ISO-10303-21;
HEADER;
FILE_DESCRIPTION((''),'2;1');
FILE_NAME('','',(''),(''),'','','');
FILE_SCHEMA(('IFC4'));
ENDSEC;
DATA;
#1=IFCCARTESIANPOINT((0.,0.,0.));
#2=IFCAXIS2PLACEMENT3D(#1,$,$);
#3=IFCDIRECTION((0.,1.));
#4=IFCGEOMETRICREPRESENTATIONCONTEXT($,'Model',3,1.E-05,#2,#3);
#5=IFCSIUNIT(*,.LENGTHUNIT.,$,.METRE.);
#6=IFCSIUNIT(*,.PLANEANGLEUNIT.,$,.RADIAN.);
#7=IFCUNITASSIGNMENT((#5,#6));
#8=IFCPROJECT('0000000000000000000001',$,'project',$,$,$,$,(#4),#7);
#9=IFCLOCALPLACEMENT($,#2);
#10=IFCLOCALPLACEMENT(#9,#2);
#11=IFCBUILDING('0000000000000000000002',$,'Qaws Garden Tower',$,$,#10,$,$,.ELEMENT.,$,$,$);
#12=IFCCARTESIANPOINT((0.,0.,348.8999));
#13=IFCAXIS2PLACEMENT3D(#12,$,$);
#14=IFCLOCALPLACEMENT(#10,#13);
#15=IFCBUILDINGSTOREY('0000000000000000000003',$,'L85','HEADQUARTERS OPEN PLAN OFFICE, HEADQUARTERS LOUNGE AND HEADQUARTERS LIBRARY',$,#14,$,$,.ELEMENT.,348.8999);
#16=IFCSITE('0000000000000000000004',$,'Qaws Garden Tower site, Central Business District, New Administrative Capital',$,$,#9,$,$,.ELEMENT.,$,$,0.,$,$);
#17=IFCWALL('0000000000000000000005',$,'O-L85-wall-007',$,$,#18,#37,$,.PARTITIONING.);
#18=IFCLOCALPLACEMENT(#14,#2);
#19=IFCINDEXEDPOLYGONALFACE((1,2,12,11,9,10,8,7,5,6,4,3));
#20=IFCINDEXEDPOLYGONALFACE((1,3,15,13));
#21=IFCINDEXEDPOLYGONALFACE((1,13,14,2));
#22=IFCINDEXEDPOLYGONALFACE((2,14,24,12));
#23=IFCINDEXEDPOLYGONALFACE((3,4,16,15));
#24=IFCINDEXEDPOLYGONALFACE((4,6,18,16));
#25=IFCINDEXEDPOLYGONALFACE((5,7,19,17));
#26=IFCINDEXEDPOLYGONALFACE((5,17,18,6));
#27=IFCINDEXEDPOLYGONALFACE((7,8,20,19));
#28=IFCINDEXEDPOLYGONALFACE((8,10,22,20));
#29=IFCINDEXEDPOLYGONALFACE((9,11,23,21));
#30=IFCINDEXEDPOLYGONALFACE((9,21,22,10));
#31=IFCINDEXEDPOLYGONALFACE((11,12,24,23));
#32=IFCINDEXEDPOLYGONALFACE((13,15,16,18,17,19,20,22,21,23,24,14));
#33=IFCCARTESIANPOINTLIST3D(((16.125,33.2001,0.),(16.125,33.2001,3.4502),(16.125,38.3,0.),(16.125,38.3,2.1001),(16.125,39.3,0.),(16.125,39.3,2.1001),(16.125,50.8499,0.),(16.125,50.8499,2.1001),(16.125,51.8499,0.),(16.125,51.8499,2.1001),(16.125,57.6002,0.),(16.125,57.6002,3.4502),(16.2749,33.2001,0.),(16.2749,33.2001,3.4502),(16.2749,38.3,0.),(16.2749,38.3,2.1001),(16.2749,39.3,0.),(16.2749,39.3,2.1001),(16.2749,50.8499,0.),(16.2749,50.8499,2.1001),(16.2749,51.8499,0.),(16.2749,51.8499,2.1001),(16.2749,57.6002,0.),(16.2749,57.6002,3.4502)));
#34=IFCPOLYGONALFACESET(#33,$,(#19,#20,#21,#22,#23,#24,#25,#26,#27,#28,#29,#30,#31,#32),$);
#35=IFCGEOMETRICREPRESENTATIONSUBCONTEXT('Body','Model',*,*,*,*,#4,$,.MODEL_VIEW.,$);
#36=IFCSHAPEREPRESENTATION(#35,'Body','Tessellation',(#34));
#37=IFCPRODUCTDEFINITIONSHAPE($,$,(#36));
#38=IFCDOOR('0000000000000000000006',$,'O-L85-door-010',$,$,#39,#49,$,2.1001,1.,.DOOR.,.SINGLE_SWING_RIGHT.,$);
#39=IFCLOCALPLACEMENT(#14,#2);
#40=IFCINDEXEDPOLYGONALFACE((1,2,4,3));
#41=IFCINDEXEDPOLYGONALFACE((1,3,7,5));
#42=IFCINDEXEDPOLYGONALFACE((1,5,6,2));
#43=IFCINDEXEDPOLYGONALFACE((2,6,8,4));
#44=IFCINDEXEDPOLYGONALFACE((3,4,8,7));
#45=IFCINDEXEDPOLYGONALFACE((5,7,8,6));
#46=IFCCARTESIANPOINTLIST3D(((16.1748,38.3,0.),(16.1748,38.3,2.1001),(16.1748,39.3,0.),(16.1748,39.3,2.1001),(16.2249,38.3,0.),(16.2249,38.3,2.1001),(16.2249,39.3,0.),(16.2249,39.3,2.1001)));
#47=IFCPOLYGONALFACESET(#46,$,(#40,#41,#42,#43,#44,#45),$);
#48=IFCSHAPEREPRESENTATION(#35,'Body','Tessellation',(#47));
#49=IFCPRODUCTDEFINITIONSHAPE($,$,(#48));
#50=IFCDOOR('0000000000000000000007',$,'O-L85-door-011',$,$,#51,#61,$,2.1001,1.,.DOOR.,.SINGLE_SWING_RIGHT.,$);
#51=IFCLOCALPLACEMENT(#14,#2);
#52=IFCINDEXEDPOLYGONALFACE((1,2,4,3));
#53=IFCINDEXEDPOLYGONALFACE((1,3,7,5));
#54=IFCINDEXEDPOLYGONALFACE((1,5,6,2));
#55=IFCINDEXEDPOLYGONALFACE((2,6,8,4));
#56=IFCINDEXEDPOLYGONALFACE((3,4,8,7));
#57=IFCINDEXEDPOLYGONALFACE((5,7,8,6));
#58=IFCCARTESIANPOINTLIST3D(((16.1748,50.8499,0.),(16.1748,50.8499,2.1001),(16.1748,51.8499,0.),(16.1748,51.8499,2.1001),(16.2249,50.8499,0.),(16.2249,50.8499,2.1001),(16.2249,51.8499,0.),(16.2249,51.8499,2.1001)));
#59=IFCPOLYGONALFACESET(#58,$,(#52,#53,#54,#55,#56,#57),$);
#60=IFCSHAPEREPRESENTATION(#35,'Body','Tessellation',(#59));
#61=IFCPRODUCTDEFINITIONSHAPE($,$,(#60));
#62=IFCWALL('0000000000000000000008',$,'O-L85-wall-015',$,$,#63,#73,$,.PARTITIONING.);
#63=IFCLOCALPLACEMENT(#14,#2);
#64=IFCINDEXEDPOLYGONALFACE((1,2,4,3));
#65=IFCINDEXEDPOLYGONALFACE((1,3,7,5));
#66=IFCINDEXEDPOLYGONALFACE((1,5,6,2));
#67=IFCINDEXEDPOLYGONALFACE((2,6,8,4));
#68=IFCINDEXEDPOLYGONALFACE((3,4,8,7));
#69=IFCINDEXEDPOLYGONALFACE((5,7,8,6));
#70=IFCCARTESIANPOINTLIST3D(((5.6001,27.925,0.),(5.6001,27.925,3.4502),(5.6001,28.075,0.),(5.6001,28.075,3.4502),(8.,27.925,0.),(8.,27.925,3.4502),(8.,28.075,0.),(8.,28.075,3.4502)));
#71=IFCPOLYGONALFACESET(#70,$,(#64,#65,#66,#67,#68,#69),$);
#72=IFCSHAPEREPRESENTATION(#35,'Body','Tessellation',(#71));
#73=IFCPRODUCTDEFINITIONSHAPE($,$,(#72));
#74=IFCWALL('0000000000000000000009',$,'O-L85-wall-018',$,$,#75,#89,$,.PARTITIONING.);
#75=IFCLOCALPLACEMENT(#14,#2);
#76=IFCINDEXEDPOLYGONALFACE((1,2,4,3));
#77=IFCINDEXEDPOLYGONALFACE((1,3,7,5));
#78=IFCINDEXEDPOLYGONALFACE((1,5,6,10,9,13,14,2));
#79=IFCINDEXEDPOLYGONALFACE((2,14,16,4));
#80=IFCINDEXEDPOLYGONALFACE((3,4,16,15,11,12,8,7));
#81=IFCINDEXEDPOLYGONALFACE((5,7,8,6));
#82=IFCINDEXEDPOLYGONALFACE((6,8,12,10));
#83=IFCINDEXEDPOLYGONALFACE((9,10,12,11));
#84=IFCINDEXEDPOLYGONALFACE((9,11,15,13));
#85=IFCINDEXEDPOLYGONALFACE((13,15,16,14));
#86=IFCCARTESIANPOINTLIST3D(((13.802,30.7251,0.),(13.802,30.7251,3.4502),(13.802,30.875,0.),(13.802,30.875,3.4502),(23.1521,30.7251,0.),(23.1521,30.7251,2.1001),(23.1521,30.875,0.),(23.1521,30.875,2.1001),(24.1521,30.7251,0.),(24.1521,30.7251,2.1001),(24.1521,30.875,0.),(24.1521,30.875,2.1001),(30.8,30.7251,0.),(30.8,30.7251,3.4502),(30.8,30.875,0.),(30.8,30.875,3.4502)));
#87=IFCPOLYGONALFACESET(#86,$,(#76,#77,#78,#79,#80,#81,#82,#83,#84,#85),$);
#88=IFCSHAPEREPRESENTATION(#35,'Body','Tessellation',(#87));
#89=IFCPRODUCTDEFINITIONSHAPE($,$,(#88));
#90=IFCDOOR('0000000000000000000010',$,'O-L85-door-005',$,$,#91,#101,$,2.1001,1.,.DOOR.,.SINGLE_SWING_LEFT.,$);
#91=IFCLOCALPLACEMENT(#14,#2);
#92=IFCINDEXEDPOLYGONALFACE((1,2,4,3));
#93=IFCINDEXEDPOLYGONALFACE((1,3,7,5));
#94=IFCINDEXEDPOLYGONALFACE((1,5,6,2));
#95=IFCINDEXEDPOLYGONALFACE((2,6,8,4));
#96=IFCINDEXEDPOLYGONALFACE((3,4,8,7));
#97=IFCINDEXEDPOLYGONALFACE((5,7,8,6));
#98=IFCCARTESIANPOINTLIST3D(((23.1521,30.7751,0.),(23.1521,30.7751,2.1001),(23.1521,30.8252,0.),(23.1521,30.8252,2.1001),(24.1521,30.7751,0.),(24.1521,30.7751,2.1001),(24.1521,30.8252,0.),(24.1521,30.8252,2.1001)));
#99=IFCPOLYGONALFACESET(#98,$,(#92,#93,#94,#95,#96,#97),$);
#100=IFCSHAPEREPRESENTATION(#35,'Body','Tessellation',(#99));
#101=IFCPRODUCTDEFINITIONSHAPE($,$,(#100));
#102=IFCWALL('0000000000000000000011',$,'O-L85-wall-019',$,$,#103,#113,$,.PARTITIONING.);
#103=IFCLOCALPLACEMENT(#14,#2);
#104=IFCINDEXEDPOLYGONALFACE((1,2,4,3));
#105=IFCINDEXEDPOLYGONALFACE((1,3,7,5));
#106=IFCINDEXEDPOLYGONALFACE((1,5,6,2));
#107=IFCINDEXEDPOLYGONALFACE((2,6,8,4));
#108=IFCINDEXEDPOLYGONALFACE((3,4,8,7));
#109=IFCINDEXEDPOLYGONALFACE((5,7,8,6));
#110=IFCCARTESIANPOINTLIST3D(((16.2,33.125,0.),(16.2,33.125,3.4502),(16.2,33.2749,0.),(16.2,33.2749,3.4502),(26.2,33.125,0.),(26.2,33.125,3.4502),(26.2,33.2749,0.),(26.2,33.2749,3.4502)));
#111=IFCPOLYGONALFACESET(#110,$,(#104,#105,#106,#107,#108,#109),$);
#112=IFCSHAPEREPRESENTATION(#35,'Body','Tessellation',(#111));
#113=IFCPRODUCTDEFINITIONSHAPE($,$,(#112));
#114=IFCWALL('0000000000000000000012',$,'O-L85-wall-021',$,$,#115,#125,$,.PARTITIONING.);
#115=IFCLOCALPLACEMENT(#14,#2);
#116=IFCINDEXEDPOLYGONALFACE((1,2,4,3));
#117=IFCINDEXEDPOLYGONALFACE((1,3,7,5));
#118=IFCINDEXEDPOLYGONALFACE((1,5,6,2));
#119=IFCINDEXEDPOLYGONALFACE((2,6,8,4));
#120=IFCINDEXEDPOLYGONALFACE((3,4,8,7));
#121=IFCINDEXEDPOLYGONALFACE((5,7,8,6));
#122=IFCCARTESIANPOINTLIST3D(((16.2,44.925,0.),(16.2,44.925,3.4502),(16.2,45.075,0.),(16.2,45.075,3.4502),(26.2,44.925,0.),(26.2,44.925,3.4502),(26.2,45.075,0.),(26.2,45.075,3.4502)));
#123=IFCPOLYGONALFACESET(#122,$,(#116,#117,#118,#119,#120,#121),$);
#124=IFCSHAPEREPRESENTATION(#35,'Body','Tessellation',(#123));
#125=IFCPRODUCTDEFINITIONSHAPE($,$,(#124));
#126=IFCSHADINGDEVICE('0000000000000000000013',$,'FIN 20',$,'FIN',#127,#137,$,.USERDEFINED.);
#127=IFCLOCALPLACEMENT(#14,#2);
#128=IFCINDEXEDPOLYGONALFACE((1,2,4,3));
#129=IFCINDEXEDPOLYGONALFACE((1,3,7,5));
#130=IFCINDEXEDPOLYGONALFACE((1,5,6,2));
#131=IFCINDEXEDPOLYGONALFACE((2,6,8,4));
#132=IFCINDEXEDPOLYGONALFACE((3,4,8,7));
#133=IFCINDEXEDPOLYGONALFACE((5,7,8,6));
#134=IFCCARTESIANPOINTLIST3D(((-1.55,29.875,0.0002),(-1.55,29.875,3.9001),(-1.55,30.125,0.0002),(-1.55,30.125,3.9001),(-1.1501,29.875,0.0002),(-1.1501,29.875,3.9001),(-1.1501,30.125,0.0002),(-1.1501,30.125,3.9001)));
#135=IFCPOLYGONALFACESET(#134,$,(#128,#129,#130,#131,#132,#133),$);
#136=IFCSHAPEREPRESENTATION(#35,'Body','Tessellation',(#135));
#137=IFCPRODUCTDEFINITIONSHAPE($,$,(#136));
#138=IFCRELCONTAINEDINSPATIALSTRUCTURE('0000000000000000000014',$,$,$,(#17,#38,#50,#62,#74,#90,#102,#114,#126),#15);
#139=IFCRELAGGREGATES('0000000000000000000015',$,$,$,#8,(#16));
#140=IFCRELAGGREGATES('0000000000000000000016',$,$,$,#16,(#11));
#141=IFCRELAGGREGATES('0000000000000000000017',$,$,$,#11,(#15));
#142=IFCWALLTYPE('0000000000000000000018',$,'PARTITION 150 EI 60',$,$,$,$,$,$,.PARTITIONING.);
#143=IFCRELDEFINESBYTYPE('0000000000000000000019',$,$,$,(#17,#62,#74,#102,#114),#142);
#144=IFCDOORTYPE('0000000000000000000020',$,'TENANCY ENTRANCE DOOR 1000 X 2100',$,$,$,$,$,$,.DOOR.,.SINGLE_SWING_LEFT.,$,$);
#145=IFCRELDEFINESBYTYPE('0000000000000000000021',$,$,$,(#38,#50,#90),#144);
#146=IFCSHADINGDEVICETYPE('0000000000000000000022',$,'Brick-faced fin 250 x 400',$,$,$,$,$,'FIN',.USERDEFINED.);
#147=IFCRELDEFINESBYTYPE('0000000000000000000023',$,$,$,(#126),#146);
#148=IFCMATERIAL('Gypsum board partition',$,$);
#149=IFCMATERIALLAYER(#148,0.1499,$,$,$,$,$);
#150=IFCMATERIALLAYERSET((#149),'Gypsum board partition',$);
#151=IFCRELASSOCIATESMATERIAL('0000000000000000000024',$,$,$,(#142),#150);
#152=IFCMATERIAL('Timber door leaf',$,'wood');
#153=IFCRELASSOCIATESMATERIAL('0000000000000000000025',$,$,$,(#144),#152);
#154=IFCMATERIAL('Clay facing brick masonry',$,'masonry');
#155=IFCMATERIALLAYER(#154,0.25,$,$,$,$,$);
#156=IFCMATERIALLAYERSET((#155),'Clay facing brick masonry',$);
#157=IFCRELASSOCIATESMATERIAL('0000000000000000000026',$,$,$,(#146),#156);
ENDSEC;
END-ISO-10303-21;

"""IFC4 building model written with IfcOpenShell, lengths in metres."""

from ifc_helpers import new_model, si_unit, direction, frame, frame_2d, origin, origin_2d, place, context, subcontext, project, spatial, rectangle, extrude, material, layer, layer_set, type_object, element, fill, save


model = new_model("IFC4")

# Units and contexts
model_context = context("Model", 3, precision=1e-05, world=origin(), true_north=direction((0.0, 1.0)))
body_context = subcontext(model_context, "Body", "Model", "MODEL_VIEW")
ifc_project = project(units=[si_unit("LENGTHUNIT", "METRE"), si_unit("PLANEANGLEUNIT", "RADIAN")], contexts=[model_context])

# Site, building, storey
site_placement = place(None, origin())
site = spatial("IfcSite", under=ifc_project, at=site_placement, Name="Qaws Garden Tower site, Central Business District, New Administrative Capital", CompositionType="ELEMENT", RefElevation=0.0)
building_placement = place(site_placement, origin())
building = spatial("IfcBuilding", under=site, at=building_placement, Name="Qaws Garden Tower", CompositionType="ELEMENT")
storey_placement = place(building_placement, frame((0.0, 0.0, 348.8999)))
storey = spatial("IfcBuildingStorey", under=building, at=storey_placement, Name="L85", Description="HEADQUARTERS OPEN PLAN OFFICE, HEADQUARTERS LOUNGE AND HEADQUARTERS LIBRARY", CompositionType="ELEMENT", Elevation=348.8999)

# Shared definitions
ifc_material_1 = material(Name="Gypsum board partition")
ifc_layer_1 = layer(ifc_material_1, 0.1499)
ifc_layer_set_1 = layer_set([ifc_layer_1], Name="Gypsum board partition")
wall_type_1 = type_object("IfcWallType", Name="PARTITION 150 EI 60", PredefinedType="PARTITIONING", material=ifc_layer_set_1)

# Wall, openings, doors
wall_1_placement = place(storey_placement, frame((16.2, 33.2, 0.0), z_axis=(0.0, 0.0, 1.0), x_axis=(0.0, 1.0, 0.0)))
wall_1 = element("IfcWall", 1, at=wall_1_placement, inside=storey, type_object=wall_type_1, Name="O-L85-wall-007", PredefinedType="PARTITIONING", context=body_context, shape_type="SweptSolid", body=[
    extrude(rectangle(XDim=24.4001, YDim=0.1499, at=frame_2d((12.2002, 0.0))), origin(), (0.0, 0.0, 1.0), 3.4502),
])
opening_1_placement = place(wall_1_placement, frame((5.1001, 0.0, 0.0)))
opening_1 = element("IfcOpeningElement", 2, at=opening_1_placement, cuts=wall_1, PredefinedType="OPENING", context=body_context, shape_type="SweptSolid", body=[
    extrude(rectangle(XDim=1.0, YDim=2.1001, at=frame_2d((0.5, 1.05))), frame((0.0, 0.085, 0.0), z_axis=(0.0, -1.0, 0.0), x_axis=(1.0, 0.0, 0.0)), (0.0, 0.0, 1.0), 0.1699),
])
opening_2_placement = place(wall_1_placement, frame((17.6499, 0.0, 0.0)))
opening_2 = element("IfcOpeningElement", 3, at=opening_2_placement, cuts=wall_1, PredefinedType="OPENING", context=body_context, shape_type="SweptSolid", body=[
    extrude(rectangle(XDim=1.0, YDim=2.1001, at=frame_2d((0.5, 1.05))), frame((0.0, 0.085, 0.0), z_axis=(0.0, -1.0, 0.0), x_axis=(1.0, 0.0, 0.0)), (0.0, 0.0, 1.0), 0.1699),
])
ifc_material_2 = material(Name="Timber door leaf", Category="wood")
door_type_1 = type_object("IfcDoorType", Name="TENANCY ENTRANCE DOOR 1000 X 2100", OperationType="SINGLE_SWING_LEFT", PredefinedType="DOOR", material=ifc_material_2)
door_1_placement = place(opening_1_placement, frame((1.0, 0.0, 0.0), z_axis=(0.0, 0.0, 1.0), x_axis=(-1.0, 0.0, 0.0)))
door_1 = element("IfcDoor", 4, at=door_1_placement, inside=storey, type_object=door_type_1, Name="O-L85-door-010", OperationType="SINGLE_SWING_RIGHT", OverallHeight=2.1001, OverallWidth=1.0, PredefinedType="DOOR", context=body_context, shape_type="SweptSolid", body=[
    extrude(rectangle(XDim=1.0, YDim=2.1001, at=frame_2d((0.5, 1.05))), frame((0.0, 0.0249, 0.0), z_axis=(0.0, -1.0, 0.0), x_axis=(1.0, 0.0, 0.0)), (0.0, 0.0, 1.0), 0.05),
])
fill(opening_1, door_1)
door_2_placement = place(opening_2_placement, frame((1.0, 0.0, 0.0), z_axis=(0.0, 0.0, 1.0), x_axis=(-1.0, 0.0, 0.0)))
door_2 = element("IfcDoor", 5, at=door_2_placement, inside=storey, type_object=door_type_1, Name="O-L85-door-011", OperationType="SINGLE_SWING_RIGHT", OverallHeight=2.1001, OverallWidth=1.0, PredefinedType="DOOR", context=body_context, shape_type="SweptSolid", body=[
    extrude(rectangle(XDim=1.0, YDim=2.1001, at=frame_2d((0.5, 1.05))), frame((0.0, 0.0249, 0.0), z_axis=(0.0, -1.0, 0.0), x_axis=(1.0, 0.0, 0.0)), (0.0, 0.0, 1.0), 0.05),
])
fill(opening_2, door_2)

# Wall
wall_2_placement = place(storey_placement, frame((5.6001, 28.0, 0.0), z_axis=(0.0, 0.0, 1.0), x_axis=(1.0, 0.0, 0.0)))
element("IfcWall", 6, at=wall_2_placement, inside=storey, type_object=wall_type_1, Name="O-L85-wall-015", PredefinedType="PARTITIONING", context=body_context, shape_type="SweptSolid", body=[
    extrude(rectangle(XDim=2.3999, YDim=0.1499, at=frame_2d((1.2, 0.0))), origin(), (0.0, 0.0, 1.0), 3.4502),
])

# Wall, opening, door
wall_3_placement = place(storey_placement, frame((13.802, 30.8, 0.0), z_axis=(0.0, 0.0, 1.0), x_axis=(1.0, 0.0, 0.0)))
wall_3 = element("IfcWall", 7, at=wall_3_placement, inside=storey, type_object=wall_type_1, Name="O-L85-wall-018", PredefinedType="PARTITIONING", context=body_context, shape_type="SweptSolid", body=[
    extrude(rectangle(XDim=16.998, YDim=0.1499, at=frame_2d((8.499, 0.0))), origin(), (0.0, 0.0, 1.0), 3.4502),
])
opening_3_placement = place(wall_3_placement, frame((9.3501, 0.0, 0.0)))
opening_3 = element("IfcOpeningElement", 8, at=opening_3_placement, cuts=wall_3, PredefinedType="OPENING", context=body_context, shape_type="SweptSolid", body=[
    extrude(rectangle(XDim=1.0, YDim=2.1001, at=frame_2d((0.5, 1.05))), frame((0.0, 0.085, 0.0), z_axis=(0.0, -1.0, 0.0), x_axis=(1.0, 0.0, 0.0)), (0.0, 0.0, 1.0), 0.1699),
])
door_3_placement = place(opening_3_placement, frame((1.0, 0.0, 0.0), z_axis=(0.0, 0.0, 1.0), x_axis=(-1.0, 0.0, 0.0)))
door_3 = element("IfcDoor", 9, at=door_3_placement, inside=storey, type_object=door_type_1, Name="O-L85-door-005", OperationType="SINGLE_SWING_LEFT", OverallHeight=2.1001, OverallWidth=1.0, PredefinedType="DOOR", context=body_context, shape_type="SweptSolid", body=[
    extrude(rectangle(XDim=1.0, YDim=2.1001, at=frame_2d((0.5, 1.05))), frame((0.0, 0.0249, 0.0), z_axis=(0.0, -1.0, 0.0), x_axis=(1.0, 0.0, 0.0)), (0.0, 0.0, 1.0), 0.05),
])
fill(opening_3, door_3)

# Walls
for number, where, z_axis, x_axis, name in (
    (10, (16.2, 33.2, 0.0), (0.0, 0.0, 1.0), (1.0, 0.0, 0.0), "O-L85-wall-019"),
    (11, (16.2, 45.0, 0.0), (0.0, 0.0, 1.0), (1.0, 0.0, 0.0), "O-L85-wall-021"),
):
    element("IfcWall", number, at=place(storey_placement, frame(where, z_axis=z_axis, x_axis=x_axis)), inside=storey, type_object=wall_type_1, Name=name, PredefinedType="PARTITIONING", context=body_context, shape_type="SweptSolid", body=[
        extrude(rectangle(XDim=10.0, YDim=0.1499, at=frame_2d((5.0, 0.0))), origin(), (0.0, 0.0, 1.0), 3.4502),
    ])

# Shading device
ifc_material_3 = material(Name="Clay facing brick masonry", Category="masonry")
ifc_layer_2 = layer(ifc_material_3, 0.25)
ifc_layer_set_2 = layer_set([ifc_layer_2], Name="Clay facing brick masonry")
shading_device_type = type_object("IfcShadingDeviceType", Name="Brick-faced fin 250 x 400", ElementType="FIN", PredefinedType="USERDEFINED", material=ifc_layer_set_2)
shading_device_placement = place(storey_placement, frame((-1.3501, 30.0, 0.0002), z_axis=(0.0, 0.0, 1.0), x_axis=(0.0, -1.0, 0.0)))
element("IfcShadingDevice", 12, at=shading_device_placement, inside=storey, type_object=shading_device_type, Name="FIN 20", ObjectType="FIN", PredefinedType="USERDEFINED", context=body_context, shape_type="SweptSolid", body=[
    extrude(rectangle(XDim=0.25, YDim=0.3999, at=origin_2d()), origin(), (0.0, 0.0, 1.0), 3.8999),
])

save(model, "model.ifc")
